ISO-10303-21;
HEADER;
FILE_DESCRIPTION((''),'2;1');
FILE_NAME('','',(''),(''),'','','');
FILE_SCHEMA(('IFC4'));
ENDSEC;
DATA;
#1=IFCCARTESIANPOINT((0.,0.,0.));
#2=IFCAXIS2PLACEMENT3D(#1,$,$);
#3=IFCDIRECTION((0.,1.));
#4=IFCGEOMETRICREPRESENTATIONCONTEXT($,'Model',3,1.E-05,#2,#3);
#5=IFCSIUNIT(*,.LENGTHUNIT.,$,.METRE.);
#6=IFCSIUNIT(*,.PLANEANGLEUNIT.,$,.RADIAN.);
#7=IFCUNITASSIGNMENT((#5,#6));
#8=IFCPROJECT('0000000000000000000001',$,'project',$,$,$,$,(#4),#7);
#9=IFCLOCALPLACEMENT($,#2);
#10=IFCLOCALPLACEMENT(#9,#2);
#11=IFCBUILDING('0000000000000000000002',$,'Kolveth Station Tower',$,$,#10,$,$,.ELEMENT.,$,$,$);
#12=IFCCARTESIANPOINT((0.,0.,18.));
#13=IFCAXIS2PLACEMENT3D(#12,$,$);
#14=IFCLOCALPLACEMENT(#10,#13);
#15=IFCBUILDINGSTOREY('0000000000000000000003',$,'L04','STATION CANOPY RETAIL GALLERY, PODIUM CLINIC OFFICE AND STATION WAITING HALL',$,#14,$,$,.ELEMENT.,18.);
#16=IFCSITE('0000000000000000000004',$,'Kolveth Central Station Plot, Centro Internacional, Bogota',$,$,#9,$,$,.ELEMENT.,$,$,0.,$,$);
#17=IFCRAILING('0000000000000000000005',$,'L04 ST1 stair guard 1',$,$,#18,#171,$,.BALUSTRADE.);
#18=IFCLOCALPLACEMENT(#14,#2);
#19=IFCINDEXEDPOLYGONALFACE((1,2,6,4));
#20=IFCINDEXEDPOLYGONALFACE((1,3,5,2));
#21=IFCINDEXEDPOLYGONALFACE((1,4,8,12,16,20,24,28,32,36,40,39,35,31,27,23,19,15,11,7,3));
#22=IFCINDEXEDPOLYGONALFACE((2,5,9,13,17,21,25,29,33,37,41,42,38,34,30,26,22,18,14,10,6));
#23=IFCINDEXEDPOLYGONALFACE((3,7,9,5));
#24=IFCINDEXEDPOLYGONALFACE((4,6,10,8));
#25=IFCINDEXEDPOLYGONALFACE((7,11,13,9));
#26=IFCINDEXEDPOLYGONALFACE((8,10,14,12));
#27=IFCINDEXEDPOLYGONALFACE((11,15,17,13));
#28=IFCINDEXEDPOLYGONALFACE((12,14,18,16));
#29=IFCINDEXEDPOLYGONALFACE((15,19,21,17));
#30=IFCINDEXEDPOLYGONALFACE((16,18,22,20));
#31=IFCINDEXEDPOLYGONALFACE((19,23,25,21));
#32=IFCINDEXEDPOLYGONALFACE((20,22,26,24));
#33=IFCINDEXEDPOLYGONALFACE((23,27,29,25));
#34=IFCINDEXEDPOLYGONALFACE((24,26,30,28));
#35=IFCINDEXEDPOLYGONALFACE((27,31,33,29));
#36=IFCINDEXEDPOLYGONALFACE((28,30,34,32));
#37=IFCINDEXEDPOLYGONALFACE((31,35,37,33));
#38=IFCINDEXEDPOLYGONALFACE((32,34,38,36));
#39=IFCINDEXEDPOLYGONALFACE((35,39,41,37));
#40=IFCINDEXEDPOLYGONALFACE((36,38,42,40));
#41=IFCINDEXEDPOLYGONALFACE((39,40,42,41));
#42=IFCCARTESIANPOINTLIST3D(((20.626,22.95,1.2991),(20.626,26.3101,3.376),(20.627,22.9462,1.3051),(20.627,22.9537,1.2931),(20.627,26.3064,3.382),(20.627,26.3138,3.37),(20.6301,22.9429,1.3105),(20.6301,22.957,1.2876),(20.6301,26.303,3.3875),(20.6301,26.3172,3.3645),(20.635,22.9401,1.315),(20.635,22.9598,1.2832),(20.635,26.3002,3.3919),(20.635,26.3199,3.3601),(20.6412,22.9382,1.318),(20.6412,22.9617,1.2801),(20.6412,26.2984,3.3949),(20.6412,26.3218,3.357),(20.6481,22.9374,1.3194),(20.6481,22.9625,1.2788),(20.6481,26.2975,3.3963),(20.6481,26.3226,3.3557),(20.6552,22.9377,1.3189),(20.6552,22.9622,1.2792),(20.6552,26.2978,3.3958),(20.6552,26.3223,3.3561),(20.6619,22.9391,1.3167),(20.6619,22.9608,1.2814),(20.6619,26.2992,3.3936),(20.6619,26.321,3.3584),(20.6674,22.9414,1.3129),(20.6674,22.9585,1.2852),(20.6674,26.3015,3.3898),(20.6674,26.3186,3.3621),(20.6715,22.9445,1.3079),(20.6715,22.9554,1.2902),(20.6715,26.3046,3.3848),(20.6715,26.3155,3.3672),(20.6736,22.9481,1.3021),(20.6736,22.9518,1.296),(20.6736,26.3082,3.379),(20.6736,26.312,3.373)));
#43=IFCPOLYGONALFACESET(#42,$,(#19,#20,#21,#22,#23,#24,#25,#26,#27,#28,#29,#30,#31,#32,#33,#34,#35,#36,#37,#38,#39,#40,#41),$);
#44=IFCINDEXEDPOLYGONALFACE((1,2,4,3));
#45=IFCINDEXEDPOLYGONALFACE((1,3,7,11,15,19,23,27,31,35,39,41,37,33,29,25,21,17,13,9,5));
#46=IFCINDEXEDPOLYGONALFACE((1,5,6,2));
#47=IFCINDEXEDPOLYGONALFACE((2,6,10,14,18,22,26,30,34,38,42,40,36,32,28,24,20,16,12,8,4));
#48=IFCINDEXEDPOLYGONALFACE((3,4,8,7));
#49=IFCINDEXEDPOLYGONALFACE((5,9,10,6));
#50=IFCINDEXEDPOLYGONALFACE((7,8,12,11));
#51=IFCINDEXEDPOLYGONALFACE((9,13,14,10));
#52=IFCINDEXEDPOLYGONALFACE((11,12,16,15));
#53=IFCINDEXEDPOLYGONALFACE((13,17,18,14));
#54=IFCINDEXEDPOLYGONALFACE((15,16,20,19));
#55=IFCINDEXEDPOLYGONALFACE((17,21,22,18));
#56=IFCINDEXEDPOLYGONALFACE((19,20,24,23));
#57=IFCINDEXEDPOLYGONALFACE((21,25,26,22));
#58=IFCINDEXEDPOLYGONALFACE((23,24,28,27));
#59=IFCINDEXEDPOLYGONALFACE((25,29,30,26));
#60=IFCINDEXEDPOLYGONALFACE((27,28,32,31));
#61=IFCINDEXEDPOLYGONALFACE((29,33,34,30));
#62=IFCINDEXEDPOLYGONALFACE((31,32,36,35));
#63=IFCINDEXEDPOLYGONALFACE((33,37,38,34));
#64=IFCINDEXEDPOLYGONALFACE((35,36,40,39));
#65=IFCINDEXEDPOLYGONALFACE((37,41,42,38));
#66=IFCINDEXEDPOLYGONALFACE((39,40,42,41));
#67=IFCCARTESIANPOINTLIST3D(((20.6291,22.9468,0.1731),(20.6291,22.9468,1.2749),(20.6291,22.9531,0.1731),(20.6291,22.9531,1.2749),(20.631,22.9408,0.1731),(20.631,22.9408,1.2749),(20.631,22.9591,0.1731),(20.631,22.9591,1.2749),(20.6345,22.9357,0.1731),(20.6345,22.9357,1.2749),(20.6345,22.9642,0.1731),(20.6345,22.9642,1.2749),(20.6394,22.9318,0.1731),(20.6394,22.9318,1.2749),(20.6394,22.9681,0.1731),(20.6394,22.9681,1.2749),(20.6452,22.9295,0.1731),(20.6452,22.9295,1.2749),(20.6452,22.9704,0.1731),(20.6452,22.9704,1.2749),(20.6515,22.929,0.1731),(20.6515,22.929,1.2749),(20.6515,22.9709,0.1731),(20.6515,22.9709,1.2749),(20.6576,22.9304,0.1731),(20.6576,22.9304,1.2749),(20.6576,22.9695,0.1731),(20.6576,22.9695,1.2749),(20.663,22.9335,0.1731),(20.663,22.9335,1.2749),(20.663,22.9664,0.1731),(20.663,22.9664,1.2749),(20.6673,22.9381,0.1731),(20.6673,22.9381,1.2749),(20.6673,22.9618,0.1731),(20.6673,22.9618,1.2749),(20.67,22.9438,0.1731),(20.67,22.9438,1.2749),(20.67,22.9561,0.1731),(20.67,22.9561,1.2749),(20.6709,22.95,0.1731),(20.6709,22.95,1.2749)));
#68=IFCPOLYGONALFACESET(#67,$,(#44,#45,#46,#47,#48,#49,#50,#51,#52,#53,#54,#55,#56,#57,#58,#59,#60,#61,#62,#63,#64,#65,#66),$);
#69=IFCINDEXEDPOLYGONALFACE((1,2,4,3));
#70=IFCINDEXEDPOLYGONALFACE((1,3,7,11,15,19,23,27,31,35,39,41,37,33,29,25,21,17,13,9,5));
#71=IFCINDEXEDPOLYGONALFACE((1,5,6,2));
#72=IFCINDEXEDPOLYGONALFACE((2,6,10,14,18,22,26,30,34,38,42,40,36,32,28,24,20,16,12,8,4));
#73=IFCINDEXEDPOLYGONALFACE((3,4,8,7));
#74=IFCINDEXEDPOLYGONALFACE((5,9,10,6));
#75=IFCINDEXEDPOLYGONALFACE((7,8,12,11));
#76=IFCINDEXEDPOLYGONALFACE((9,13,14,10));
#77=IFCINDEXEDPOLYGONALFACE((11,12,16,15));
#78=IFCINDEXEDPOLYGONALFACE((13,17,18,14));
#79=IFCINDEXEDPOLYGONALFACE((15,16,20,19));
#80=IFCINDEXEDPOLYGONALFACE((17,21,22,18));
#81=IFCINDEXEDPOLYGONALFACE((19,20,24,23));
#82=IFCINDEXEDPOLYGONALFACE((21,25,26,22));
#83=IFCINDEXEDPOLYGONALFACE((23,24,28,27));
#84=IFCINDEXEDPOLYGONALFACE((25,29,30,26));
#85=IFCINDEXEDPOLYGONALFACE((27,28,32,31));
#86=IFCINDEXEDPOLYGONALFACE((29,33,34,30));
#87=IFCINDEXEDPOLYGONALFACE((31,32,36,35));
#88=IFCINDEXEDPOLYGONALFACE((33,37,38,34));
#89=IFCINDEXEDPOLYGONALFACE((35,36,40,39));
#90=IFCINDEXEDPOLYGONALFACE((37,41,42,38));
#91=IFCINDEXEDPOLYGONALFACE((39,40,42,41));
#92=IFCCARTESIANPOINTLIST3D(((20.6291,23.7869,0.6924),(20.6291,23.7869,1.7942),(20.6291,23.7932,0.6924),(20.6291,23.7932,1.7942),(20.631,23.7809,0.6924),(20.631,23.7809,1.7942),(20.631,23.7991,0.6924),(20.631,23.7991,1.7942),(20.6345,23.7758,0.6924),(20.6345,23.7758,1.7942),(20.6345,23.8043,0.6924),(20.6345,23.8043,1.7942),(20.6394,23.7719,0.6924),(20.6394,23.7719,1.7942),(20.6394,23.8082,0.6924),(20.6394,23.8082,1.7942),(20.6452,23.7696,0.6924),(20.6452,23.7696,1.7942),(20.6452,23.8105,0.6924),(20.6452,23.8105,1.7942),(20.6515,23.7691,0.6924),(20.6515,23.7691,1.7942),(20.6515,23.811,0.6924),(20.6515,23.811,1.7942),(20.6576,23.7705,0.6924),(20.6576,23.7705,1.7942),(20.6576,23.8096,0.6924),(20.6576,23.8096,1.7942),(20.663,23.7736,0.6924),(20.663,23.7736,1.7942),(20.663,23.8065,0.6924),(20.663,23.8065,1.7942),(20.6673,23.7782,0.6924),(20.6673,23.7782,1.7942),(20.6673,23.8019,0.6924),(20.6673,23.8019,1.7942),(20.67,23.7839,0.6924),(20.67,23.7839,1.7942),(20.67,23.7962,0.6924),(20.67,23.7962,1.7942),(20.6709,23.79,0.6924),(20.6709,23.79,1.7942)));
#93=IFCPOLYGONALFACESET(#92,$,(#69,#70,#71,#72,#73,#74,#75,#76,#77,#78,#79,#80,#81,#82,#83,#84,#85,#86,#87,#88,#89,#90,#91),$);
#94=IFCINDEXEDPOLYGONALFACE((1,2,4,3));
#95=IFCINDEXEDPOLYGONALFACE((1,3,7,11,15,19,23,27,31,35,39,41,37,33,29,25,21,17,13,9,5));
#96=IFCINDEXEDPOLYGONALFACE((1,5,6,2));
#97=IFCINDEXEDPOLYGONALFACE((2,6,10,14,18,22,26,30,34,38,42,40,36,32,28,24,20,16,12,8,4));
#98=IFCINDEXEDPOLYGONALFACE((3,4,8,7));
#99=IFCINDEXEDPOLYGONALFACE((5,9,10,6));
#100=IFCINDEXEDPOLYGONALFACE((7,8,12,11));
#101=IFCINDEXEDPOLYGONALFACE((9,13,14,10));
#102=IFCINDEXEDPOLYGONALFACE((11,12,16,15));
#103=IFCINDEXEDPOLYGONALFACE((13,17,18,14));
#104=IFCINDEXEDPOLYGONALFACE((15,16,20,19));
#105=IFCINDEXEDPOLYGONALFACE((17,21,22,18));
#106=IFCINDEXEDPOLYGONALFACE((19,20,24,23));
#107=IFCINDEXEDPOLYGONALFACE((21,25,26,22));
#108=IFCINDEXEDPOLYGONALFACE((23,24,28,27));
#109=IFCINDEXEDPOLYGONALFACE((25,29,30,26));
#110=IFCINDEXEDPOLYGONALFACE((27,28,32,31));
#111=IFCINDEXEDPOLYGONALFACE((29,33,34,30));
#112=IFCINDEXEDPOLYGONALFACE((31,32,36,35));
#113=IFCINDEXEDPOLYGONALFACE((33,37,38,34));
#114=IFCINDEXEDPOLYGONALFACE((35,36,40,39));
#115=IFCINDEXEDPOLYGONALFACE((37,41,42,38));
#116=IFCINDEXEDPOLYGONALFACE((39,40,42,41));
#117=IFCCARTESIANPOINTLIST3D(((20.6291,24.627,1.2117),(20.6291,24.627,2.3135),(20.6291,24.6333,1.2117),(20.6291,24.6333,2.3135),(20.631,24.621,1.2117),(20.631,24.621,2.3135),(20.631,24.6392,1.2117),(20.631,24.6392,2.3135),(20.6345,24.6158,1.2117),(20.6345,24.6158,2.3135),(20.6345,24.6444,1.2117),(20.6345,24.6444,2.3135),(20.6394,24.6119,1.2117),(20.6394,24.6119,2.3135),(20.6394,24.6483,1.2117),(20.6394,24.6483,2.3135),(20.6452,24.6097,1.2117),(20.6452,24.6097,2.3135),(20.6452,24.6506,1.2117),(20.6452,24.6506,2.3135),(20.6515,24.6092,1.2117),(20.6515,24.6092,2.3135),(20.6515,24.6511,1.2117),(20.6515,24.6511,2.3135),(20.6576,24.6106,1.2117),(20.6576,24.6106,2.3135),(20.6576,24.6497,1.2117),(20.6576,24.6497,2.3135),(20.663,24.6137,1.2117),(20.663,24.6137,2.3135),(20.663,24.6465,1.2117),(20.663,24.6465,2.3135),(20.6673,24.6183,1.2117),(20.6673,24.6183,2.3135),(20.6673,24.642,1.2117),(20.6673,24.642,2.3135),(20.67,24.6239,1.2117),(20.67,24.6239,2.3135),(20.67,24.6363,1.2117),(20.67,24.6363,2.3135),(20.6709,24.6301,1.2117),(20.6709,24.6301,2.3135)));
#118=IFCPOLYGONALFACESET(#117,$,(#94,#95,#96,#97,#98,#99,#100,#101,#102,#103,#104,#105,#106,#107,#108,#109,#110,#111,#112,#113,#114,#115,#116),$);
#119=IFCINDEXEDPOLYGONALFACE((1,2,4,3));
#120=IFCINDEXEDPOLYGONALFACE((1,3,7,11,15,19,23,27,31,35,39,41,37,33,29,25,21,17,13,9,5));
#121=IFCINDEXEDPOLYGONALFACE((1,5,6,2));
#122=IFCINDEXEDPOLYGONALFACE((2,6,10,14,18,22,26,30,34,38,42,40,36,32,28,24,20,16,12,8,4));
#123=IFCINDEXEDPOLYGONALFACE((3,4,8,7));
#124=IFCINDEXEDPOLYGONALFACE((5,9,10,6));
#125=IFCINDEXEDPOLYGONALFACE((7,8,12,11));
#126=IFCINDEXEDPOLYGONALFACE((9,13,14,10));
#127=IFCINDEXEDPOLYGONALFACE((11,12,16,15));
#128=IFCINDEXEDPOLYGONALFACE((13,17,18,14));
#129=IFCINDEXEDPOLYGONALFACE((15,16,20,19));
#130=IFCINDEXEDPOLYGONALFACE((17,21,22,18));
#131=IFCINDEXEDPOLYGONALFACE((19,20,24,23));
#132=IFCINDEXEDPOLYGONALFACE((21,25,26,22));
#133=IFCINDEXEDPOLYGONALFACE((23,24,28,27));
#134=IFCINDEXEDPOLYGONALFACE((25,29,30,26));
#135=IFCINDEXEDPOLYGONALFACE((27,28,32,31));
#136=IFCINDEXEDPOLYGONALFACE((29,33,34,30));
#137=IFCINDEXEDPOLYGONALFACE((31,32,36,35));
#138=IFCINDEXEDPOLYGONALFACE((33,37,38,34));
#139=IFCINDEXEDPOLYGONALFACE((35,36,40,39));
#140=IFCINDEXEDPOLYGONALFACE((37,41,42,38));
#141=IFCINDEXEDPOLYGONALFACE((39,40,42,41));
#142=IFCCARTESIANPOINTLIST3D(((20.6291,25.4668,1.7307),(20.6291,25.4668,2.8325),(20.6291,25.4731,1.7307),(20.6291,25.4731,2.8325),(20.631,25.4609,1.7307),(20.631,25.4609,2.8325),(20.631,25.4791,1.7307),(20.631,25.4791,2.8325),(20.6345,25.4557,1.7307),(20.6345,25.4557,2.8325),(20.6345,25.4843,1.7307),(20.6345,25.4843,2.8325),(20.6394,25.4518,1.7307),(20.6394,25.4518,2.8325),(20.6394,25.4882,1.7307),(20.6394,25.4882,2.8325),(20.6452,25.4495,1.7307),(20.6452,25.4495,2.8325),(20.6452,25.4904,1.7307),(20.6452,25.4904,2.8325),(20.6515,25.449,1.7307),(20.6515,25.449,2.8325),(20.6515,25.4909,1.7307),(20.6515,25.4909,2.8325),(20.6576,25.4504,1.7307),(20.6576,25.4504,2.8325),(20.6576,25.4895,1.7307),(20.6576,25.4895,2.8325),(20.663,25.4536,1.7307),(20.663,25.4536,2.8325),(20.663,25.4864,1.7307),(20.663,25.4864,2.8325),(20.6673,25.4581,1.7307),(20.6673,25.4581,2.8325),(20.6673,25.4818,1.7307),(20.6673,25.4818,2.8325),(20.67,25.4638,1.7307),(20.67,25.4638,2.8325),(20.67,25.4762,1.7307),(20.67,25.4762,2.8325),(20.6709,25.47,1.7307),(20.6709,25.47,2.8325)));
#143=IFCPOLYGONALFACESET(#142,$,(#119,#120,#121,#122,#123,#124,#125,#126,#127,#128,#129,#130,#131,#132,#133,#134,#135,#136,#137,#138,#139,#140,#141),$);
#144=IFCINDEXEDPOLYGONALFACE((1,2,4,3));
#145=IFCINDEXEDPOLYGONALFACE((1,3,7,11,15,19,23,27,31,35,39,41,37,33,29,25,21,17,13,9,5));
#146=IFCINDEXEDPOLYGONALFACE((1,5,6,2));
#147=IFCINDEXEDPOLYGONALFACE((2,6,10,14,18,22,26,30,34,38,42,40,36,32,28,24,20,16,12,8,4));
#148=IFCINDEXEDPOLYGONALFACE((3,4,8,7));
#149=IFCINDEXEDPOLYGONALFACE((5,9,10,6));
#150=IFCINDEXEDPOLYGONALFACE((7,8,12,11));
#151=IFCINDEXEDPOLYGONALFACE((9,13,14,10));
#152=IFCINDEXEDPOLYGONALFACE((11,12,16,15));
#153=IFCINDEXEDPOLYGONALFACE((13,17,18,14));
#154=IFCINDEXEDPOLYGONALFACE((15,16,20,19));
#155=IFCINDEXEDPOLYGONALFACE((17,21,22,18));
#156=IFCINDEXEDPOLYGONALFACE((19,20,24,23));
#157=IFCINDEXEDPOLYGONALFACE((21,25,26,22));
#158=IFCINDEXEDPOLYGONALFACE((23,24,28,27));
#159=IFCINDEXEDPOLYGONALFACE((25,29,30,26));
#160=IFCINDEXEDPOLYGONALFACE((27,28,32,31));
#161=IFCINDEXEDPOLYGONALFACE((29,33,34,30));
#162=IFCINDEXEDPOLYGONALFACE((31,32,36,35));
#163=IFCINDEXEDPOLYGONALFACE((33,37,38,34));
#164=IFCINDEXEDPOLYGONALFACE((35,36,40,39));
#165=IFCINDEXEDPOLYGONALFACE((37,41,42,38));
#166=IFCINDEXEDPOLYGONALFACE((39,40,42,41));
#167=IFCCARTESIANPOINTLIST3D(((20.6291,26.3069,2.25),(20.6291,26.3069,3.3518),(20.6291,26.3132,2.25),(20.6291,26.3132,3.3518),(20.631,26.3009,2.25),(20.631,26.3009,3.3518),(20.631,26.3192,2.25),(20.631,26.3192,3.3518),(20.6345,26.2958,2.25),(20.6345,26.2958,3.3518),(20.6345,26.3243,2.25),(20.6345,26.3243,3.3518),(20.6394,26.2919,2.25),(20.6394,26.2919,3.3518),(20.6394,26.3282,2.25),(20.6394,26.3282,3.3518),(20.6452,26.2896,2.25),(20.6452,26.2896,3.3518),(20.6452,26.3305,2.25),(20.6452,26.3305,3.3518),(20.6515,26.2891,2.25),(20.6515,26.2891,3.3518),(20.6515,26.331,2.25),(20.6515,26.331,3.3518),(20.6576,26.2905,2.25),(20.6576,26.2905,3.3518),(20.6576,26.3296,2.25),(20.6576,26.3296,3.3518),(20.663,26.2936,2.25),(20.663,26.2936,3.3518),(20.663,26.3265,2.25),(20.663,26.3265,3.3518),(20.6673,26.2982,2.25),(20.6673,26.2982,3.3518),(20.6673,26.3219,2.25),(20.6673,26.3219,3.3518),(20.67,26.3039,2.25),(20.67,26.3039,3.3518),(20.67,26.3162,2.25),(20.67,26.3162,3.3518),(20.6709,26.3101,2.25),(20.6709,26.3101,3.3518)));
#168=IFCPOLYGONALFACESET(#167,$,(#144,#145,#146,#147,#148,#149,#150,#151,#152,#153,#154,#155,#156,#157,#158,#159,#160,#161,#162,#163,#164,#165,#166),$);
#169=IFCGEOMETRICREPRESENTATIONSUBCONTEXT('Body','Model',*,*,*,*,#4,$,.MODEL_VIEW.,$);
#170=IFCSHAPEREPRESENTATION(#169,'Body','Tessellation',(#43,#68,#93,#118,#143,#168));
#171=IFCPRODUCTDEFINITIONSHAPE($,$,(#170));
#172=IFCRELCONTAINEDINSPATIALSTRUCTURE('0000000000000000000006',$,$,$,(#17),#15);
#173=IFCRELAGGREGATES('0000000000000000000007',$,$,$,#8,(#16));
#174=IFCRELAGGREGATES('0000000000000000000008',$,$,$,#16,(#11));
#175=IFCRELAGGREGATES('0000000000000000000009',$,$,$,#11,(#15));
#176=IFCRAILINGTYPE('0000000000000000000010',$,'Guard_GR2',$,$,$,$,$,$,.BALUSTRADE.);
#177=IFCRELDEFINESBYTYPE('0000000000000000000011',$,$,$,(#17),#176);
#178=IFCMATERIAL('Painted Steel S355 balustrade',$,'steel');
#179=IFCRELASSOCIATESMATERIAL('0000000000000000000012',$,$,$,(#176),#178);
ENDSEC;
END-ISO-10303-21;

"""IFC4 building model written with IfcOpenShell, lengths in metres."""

from ifc_helpers import new_model, si_unit, direction, frame, origin, origin_2d, place, context, subcontext, project, spatial, circle, extrude, material, type_object, element, save


model = new_model("IFC4")

# Units and contexts
model_context = context("Model", 3, precision=1e-05, world=origin(), true_north=direction((0.0, 1.0)))
body_context = subcontext(model_context, "Body", "Model", "MODEL_VIEW")
ifc_project = project(units=[si_unit("LENGTHUNIT", "METRE"), si_unit("PLANEANGLEUNIT", "RADIAN")], contexts=[model_context])

# Site, building, storey
site_placement = place(None, origin())
site = spatial("IfcSite", under=ifc_project, at=site_placement, Name="Kolveth Central Station Plot, Centro Internacional, Bogota", CompositionType="ELEMENT", RefElevation=0.0)
building_placement = place(site_placement, origin())
building = spatial("IfcBuilding", under=site, at=building_placement, Name="Kolveth Station Tower", CompositionType="ELEMENT")
storey_placement = place(building_placement, frame((0.0, 0.0, 18.0)))
storey = spatial("IfcBuildingStorey", under=building, at=storey_placement, Name="L04", Description="STATION CANOPY RETAIL GALLERY, PODIUM CLINIC OFFICE AND STATION WAITING HALL", CompositionType="ELEMENT", Elevation=18.0)

# Railing
ifc_material_1 = material(Name="Painted Steel S355 balustrade", Category="steel")
railing_type_1 = type_object("IfcRailingType", Name="Guard_GR2", PredefinedType="BALUSTRADE", material=ifc_material_1)
railing_1_placement = place(storey_placement, frame((20.6499, 22.95, 0.1731)))
element("IfcRailing", 1, at=railing_1_placement, inside=storey, type_object=railing_type_1, Name="L04 ST1 stair guard 1", PredefinedType="BALUSTRADE", context=body_context, shape_type="SweptSolid", body=[
    extrude(circle(Radius=0.0239, at=origin_2d()), frame((0.0, 0.0, 1.126), z_axis=(0.0, 0.850623, 0.525776), x_axis=(-1.0, 0.0, 0.0)), (0.0, 0.0, 1.0), 3.9502),
    extrude(circle(Radius=0.021, at=origin_2d()), origin(), (0.0, 0.0, 1.0), 1.1018),
    extrude(circle(Radius=0.021, at=origin_2d()), frame((0.0, 0.8401, 0.5193)), (0.0, 0.0, 1.0), 1.1018),
    extrude(circle(Radius=0.021, at=origin_2d()), frame((0.0, 1.6802, 1.0386)), (0.0, 0.0, 1.0), 1.1018),
    extrude(circle(Radius=0.021, at=origin_2d()), frame((0.0, 2.52, 1.5576)), (0.0, 0.0, 1.0), 1.1018),
    extrude(circle(Radius=0.021, at=origin_2d()), frame((0.0, 3.3601, 2.0769)), (0.0, 0.0, 1.0), 1.1018),
])

save(model, "model.ifc")
